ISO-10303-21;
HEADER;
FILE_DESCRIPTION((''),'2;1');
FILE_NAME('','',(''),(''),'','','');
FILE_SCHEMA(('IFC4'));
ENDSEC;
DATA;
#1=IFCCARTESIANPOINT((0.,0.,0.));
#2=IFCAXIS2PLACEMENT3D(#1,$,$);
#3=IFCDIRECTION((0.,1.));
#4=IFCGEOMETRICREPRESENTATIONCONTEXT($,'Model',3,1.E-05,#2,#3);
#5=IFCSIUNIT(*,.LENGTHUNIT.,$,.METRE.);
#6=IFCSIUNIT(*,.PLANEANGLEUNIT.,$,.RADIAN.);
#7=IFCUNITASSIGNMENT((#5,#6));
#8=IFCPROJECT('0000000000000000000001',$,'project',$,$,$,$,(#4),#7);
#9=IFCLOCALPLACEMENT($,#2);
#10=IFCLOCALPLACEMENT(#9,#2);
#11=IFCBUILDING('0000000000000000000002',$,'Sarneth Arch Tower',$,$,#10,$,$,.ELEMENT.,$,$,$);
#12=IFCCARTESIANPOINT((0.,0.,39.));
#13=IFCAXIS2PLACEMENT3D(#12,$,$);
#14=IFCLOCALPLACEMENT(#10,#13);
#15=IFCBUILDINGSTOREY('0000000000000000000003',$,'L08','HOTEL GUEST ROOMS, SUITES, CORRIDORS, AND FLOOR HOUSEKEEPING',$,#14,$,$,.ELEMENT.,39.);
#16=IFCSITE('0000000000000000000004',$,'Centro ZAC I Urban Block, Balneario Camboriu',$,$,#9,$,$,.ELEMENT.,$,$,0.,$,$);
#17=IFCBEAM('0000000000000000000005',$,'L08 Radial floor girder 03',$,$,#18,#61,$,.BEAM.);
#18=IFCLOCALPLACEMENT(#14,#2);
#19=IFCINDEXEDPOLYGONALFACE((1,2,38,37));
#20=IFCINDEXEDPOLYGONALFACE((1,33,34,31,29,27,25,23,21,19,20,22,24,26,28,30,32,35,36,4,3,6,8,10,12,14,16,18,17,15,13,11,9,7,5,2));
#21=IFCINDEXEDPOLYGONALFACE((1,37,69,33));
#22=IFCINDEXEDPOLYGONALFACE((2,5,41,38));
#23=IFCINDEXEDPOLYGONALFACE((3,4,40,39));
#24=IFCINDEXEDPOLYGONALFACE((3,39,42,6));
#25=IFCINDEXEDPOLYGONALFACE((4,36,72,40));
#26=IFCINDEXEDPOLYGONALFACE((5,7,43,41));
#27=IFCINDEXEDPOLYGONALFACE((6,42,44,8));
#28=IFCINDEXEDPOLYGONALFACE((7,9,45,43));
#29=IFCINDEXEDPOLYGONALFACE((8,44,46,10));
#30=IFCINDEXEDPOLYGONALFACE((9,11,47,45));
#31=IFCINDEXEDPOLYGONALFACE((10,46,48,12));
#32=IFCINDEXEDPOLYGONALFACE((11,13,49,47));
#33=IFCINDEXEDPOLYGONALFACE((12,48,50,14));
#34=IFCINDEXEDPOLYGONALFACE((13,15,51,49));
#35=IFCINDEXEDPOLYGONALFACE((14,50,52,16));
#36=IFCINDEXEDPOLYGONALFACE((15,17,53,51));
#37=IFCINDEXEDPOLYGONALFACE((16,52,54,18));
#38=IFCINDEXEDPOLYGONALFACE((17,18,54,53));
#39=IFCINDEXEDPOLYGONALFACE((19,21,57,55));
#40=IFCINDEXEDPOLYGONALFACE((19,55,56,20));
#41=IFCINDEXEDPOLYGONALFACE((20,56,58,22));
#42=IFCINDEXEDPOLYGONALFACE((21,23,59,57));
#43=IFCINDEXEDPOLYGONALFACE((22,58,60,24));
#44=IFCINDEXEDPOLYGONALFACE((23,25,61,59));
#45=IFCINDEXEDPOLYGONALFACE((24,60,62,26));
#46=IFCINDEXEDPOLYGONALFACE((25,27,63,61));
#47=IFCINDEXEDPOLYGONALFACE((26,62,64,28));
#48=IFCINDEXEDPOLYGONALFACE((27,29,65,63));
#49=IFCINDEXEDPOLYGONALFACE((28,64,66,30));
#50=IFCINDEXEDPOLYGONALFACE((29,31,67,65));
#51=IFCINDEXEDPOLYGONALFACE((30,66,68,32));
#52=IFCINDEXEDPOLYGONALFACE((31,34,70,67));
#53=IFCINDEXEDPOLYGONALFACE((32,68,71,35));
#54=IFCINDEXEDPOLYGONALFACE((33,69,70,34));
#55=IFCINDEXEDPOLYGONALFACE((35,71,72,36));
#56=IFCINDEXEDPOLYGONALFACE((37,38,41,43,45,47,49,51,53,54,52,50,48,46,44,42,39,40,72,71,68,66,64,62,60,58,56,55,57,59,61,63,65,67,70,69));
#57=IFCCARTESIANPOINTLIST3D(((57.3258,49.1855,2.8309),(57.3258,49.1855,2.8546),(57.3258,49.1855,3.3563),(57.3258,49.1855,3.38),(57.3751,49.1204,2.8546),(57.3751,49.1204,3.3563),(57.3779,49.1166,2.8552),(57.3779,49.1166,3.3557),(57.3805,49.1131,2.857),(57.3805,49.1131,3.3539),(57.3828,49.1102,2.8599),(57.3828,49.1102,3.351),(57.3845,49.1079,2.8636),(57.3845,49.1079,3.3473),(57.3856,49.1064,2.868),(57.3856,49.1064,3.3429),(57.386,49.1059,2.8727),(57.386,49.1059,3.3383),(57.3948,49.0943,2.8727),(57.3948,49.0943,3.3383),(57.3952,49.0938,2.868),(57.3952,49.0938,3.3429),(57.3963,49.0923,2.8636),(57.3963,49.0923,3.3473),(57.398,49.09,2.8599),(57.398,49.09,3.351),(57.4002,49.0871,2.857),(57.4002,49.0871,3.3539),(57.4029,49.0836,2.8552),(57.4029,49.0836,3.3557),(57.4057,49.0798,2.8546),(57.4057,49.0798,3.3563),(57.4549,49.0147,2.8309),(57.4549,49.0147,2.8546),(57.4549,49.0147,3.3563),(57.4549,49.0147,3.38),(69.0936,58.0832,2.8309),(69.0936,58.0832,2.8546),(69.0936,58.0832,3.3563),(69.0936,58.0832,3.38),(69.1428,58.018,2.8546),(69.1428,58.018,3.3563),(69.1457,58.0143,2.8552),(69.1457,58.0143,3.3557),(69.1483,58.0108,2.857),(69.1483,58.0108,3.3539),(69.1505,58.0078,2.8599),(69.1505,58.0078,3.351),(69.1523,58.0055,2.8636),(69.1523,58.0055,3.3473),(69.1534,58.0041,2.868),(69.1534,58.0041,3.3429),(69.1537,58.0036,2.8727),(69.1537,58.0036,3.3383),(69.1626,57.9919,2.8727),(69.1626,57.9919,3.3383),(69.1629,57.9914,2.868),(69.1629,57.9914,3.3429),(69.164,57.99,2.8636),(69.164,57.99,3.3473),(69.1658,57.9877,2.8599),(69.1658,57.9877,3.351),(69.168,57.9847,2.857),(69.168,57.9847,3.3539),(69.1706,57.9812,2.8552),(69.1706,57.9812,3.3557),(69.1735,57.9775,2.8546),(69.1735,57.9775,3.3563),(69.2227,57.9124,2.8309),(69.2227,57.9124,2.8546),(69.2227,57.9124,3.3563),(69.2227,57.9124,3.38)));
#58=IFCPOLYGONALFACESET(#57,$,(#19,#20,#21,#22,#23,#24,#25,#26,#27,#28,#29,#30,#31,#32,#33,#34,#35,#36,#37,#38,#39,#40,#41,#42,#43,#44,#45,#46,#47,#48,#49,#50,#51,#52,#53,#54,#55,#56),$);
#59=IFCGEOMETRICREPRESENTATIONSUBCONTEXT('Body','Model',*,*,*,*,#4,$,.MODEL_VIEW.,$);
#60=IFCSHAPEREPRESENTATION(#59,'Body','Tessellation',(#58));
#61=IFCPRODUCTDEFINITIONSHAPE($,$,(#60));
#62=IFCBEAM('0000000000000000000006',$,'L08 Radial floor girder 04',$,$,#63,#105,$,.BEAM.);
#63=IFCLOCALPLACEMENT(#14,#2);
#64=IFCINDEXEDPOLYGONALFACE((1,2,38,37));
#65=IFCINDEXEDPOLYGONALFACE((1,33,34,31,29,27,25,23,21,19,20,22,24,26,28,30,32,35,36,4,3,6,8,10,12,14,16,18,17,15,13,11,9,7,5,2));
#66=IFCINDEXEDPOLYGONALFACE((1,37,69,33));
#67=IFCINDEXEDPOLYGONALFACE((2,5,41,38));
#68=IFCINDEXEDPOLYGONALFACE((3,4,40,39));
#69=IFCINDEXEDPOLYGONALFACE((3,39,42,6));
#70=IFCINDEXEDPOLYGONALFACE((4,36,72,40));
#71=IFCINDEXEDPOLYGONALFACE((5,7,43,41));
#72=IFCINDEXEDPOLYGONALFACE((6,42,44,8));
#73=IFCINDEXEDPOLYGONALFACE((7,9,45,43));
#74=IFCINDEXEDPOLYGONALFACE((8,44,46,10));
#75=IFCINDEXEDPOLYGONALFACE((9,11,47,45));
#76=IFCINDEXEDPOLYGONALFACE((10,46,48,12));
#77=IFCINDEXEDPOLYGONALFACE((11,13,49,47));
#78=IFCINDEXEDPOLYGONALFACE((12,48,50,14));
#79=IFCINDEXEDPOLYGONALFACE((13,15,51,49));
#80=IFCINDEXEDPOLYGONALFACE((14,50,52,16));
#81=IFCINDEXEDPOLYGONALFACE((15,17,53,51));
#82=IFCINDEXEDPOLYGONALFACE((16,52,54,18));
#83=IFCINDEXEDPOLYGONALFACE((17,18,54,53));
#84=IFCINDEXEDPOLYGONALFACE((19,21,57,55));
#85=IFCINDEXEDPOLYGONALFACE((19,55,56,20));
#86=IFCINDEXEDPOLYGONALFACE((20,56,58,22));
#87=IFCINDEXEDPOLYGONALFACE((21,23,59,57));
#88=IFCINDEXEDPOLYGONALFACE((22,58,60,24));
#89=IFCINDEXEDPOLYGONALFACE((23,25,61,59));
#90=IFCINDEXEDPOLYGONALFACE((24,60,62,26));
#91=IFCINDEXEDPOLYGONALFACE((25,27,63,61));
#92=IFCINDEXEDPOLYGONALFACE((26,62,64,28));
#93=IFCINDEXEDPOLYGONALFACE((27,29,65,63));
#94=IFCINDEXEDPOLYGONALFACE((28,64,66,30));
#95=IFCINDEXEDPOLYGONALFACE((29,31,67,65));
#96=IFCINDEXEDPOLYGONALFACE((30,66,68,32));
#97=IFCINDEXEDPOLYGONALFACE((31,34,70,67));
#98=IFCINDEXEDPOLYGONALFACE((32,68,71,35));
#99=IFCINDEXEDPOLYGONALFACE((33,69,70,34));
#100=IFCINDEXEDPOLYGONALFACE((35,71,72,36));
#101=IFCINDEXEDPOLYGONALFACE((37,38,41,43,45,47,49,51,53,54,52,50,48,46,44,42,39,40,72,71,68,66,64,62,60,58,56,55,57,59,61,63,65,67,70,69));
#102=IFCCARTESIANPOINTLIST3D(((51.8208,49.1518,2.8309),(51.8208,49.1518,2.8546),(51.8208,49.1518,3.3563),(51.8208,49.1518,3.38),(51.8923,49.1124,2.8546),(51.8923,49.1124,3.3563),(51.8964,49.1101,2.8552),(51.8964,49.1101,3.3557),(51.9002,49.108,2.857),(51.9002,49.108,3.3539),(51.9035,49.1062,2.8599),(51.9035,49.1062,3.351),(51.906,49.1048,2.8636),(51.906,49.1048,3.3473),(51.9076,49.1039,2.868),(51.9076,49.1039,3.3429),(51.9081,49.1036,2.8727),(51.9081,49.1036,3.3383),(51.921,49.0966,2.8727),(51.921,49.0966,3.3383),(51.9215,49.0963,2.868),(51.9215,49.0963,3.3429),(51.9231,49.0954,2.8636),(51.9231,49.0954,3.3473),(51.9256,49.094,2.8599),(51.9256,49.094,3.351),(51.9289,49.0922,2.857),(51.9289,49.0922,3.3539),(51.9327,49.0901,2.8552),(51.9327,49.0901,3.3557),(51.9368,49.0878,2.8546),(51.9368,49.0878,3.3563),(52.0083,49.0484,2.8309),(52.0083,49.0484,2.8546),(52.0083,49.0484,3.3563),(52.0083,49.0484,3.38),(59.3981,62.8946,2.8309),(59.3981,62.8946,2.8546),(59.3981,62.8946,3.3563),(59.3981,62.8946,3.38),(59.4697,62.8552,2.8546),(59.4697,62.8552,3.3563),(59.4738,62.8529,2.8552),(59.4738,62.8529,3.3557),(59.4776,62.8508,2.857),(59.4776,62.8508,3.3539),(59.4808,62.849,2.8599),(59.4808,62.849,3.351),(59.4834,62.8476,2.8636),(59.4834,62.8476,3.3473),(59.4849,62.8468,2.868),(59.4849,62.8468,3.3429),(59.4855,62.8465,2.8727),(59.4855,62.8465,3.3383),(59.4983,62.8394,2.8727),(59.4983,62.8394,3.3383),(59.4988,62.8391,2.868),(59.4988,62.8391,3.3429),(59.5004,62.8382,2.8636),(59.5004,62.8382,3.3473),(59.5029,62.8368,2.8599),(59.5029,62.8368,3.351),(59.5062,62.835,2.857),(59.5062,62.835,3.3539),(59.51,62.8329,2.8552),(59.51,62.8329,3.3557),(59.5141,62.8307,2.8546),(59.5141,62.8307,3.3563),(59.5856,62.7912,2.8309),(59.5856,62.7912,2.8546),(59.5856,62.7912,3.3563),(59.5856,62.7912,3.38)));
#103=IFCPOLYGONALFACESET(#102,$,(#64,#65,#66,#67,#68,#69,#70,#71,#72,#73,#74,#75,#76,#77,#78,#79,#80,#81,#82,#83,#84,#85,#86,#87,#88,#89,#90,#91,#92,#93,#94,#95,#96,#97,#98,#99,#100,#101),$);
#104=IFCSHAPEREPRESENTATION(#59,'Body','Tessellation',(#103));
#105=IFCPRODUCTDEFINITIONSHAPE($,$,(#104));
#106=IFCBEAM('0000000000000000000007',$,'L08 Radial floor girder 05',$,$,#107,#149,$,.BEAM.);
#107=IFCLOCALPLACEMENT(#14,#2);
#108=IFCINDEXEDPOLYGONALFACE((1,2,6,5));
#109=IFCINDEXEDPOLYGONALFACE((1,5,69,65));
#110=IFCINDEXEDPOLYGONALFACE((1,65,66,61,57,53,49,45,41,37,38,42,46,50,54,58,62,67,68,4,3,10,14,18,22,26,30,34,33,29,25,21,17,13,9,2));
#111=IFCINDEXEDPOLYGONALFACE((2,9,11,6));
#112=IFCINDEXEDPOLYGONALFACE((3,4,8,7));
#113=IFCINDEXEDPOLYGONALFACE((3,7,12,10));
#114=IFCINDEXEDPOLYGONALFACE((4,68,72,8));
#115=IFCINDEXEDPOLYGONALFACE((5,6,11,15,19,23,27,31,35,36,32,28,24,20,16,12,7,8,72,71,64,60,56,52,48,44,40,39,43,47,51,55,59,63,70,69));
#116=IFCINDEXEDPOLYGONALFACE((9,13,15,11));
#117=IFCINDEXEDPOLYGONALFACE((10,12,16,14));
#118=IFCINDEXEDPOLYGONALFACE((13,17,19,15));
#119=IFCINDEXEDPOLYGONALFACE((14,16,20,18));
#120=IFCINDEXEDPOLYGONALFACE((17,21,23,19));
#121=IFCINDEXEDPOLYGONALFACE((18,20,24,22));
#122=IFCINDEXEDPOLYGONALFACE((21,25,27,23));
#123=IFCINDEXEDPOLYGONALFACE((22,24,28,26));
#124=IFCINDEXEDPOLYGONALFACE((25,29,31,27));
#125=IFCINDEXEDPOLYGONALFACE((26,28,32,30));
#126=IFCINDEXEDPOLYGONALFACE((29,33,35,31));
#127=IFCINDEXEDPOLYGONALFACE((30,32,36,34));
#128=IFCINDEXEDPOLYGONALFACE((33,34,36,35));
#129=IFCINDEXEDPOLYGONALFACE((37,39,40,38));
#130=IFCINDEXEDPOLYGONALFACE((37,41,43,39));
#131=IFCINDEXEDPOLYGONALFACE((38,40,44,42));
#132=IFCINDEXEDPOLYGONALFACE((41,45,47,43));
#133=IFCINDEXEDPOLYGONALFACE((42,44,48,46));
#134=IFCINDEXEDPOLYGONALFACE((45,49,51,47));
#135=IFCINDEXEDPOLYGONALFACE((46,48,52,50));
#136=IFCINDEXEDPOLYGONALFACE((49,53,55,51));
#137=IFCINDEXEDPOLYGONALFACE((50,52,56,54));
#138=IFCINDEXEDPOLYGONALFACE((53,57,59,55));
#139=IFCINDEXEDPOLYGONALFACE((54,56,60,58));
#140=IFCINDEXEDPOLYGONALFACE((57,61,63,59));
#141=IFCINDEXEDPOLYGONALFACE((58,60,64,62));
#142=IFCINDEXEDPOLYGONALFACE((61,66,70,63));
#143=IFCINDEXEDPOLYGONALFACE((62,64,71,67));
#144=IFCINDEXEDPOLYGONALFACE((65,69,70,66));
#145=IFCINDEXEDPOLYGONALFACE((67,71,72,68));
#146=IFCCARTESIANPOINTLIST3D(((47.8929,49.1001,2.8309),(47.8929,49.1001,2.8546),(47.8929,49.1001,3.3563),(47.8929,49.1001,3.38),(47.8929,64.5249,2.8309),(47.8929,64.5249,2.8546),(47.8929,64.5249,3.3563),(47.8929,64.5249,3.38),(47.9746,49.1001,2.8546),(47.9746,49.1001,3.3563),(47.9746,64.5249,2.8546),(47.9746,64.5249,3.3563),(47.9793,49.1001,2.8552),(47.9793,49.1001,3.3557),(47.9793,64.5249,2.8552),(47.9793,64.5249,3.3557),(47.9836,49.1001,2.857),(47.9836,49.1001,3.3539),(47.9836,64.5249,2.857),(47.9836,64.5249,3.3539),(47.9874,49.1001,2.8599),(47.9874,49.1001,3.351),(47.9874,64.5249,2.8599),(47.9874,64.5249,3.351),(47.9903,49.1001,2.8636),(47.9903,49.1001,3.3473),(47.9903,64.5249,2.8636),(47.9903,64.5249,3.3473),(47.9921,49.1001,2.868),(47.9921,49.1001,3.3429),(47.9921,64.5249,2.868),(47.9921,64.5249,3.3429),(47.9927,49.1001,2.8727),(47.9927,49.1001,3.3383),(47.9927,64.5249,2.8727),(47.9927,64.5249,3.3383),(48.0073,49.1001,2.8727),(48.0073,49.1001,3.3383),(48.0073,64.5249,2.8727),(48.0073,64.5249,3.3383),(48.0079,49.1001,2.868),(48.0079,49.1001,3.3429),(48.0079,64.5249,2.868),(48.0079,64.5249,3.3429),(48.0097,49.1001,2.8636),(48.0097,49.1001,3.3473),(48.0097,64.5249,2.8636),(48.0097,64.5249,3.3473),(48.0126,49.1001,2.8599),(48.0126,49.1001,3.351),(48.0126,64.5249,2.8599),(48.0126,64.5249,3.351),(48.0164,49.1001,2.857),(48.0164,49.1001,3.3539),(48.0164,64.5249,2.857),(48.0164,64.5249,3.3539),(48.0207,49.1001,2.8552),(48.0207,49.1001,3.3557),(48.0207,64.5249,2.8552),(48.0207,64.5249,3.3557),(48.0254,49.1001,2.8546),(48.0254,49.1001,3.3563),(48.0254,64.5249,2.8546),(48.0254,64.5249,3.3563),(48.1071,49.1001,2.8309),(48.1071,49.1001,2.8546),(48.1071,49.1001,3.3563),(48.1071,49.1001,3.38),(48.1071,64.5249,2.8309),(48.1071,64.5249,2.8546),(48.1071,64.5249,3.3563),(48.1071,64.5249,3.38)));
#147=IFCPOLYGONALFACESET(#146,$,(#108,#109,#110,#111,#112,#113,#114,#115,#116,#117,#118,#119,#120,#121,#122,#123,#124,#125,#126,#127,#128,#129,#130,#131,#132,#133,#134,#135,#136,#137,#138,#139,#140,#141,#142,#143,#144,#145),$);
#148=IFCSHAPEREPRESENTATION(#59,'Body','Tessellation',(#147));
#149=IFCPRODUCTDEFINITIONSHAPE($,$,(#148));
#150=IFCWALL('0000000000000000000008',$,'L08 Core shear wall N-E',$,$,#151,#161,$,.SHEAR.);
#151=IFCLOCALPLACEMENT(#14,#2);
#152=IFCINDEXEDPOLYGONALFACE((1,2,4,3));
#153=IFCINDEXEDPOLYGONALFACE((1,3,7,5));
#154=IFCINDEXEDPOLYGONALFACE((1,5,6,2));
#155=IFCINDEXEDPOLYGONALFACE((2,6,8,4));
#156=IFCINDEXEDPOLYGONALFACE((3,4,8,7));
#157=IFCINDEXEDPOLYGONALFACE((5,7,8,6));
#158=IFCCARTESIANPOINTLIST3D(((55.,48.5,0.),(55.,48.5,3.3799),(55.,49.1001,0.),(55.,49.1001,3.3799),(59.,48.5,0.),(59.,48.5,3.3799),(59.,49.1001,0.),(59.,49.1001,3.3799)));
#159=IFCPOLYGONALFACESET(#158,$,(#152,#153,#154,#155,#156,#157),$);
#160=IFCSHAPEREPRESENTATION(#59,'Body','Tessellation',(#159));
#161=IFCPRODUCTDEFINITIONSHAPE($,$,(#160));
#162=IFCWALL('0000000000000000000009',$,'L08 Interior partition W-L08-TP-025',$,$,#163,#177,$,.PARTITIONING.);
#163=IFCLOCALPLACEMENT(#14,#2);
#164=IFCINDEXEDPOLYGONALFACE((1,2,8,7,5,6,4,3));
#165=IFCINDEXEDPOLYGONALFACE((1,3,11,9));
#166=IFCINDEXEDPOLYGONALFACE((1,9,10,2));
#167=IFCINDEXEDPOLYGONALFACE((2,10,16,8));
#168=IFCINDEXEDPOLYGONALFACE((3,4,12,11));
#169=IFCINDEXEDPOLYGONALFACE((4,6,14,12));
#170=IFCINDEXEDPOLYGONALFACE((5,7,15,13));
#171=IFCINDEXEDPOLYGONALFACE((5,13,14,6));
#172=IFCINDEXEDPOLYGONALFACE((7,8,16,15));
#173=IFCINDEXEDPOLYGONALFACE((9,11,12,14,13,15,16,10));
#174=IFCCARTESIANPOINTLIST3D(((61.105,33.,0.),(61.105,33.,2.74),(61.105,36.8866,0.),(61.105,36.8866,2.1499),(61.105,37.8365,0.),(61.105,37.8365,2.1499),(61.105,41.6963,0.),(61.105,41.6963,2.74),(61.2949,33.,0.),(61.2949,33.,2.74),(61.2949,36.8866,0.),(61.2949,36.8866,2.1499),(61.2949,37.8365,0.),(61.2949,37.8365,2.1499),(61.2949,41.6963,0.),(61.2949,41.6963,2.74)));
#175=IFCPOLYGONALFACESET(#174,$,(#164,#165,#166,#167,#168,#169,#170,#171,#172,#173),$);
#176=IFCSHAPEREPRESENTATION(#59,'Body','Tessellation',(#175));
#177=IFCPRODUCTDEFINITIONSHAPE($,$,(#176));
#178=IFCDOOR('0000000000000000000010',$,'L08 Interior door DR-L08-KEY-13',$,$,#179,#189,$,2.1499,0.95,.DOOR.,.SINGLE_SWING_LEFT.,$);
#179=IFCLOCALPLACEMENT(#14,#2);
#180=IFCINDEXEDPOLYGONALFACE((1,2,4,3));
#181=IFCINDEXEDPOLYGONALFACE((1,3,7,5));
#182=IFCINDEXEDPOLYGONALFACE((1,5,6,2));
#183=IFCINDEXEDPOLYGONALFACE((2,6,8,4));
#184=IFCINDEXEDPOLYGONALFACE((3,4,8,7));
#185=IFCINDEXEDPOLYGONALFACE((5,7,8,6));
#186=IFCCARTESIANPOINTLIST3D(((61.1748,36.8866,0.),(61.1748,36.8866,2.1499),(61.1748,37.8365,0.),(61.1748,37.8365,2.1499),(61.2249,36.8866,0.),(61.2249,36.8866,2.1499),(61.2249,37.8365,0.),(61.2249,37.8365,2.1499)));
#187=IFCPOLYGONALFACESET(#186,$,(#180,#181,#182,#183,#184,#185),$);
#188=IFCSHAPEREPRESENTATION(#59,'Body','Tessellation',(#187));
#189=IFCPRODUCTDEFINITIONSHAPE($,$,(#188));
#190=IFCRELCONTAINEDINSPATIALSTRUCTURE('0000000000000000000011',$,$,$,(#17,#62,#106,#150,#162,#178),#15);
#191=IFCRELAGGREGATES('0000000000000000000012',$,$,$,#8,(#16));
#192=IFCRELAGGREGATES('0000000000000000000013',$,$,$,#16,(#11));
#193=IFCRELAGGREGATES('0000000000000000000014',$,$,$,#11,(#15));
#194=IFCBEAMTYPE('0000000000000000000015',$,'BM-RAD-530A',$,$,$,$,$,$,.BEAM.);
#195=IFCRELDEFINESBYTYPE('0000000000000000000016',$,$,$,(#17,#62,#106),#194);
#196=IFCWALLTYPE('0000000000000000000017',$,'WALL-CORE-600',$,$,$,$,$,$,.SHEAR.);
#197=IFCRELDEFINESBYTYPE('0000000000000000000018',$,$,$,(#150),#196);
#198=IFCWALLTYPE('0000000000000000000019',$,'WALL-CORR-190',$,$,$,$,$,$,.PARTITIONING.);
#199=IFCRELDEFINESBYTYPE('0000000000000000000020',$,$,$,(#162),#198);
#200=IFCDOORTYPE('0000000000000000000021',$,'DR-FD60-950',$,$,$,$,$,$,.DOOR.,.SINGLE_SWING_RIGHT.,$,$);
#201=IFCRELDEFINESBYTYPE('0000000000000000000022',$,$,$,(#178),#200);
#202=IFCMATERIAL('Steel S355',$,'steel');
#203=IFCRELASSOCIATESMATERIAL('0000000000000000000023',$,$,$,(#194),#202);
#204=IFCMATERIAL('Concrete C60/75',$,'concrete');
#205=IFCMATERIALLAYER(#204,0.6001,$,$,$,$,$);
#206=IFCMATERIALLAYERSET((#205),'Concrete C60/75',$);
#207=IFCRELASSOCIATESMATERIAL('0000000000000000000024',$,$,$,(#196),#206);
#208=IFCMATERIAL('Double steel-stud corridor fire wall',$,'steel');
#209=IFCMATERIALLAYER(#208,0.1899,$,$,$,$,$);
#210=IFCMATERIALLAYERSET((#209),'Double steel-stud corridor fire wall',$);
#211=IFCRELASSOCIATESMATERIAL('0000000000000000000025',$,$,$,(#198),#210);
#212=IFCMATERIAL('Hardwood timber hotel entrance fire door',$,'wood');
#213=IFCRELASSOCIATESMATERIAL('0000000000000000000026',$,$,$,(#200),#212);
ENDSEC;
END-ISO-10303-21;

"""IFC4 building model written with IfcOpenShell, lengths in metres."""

from ifc_helpers import new_model, si_unit, direction, frame, frame_2d, origin, origin_2d, place, context, subcontext, project, spatial, rectangle, i_section, extrude, material, layer, layer_set, material_profile, profile_set, type_object, element, fill, save


model = new_model("IFC4")

# Units and contexts
model_context = context("Model", 3, precision=1e-05, world=origin(), true_north=direction((0.0, 1.0)))
body_context = subcontext(model_context, "Body", "Model", "MODEL_VIEW")
ifc_project = project(units=[si_unit("LENGTHUNIT", "METRE"), si_unit("PLANEANGLEUNIT", "RADIAN")], contexts=[model_context])

# Site, building, storey
site_placement = place(None, origin())
site = spatial("IfcSite", under=ifc_project, at=site_placement, Name="Centro ZAC I Urban Block, Balneario Camboriu", CompositionType="ELEMENT", RefElevation=0.0)
building_placement = place(site_placement, origin())
building = spatial("IfcBuilding", under=site, at=building_placement, Name="Sarneth Arch Tower", CompositionType="ELEMENT")
storey_placement = place(building_placement, frame((0.0, 0.0, 39.0)))
storey = spatial("IfcBuildingStorey", under=building, at=storey_placement, Name="L08", Description="HOTEL GUEST ROOMS, SUITES, CORRIDORS, AND FLOOR HOUSEKEEPING", CompositionType="ELEMENT", Elevation=39.0)

# Beams
ifc_material_1 = material(Name="Steel S355", Category="steel")
ifc_material_profile_1 = material_profile(ifc_material_1, i_section(OverallWidth=0.2141, OverallDepth=0.5491, WebThickness=0.0146, FlangeThickness=0.0237, FilletRadius=0.0181, at=origin_2d()), Name="W530x138")
ifc_profile_set_1 = profile_set([ifc_material_profile_1], Name="Steel S355")
beam_type_1 = type_object("IfcBeamType", Name="BM-RAD-530A", PredefinedType="BEAM", material=ifc_profile_set_1)
beam_1_placement = place(storey_placement, frame((57.3904, 49.1001, 3.1055), z_axis=(0.797657, 0.603112, 0.0), x_axis=(-0.603112, 0.797657, 0.0)))
element("IfcBeam", 1, at=beam_1_placement, inside=storey, type_object=beam_type_1, Name="L08 Radial floor girder 03", PredefinedType="BEAM", context=body_context, shape_type="SweptSolid", body=[
    extrude(i_section(OverallWidth=0.2141, OverallDepth=0.5491, WebThickness=0.0146, FlangeThickness=0.0237, FilletRadius=0.0181, at=origin_2d()), origin(), (0.0, 0.0, 1.0), 14.7529),
])
beam_2_placement = place(storey_placement, frame((51.9146, 49.1001, 3.1055), z_axis=(0.482838, 0.87571, 0.0), x_axis=(-0.87571, 0.482838, 0.0)))
element("IfcBeam", 2, at=beam_2_placement, inside=storey, type_object=beam_type_1, Name="L08 Radial floor girder 04", PredefinedType="BEAM", context=body_context, shape_type="SweptSolid", body=[
    extrude(i_section(OverallWidth=0.2141, OverallDepth=0.5491, WebThickness=0.0146, FlangeThickness=0.0237, FilletRadius=0.0181, at=origin_2d()), origin(), (0.0, 0.0, 1.0), 15.6934),
])
beam_3_placement = place(storey_placement, frame((48.0, 49.1001, 3.1055), z_axis=(0.0, 1.0, 0.0), x_axis=(-1.0, 0.0, 0.0)))
element("IfcBeam", 3, at=beam_3_placement, inside=storey, type_object=beam_type_1, Name="L08 Radial floor girder 05", PredefinedType="BEAM", context=body_context, shape_type="SweptSolid", body=[
    extrude(i_section(OverallWidth=0.2141, OverallDepth=0.5491, WebThickness=0.0146, FlangeThickness=0.0237, FilletRadius=0.0181, at=origin_2d()), origin(), (0.0, 0.0, 1.0), 15.4248),
])

# Wall
ifc_material_2 = material(Name="Concrete C60/75", Category="concrete")
ifc_layer_1 = layer(ifc_material_2, 0.6001)
ifc_layer_set_1 = layer_set([ifc_layer_1], Name="Concrete C60/75")
wall_type_1 = type_object("IfcWallType", Name="WALL-CORE-600", PredefinedType="SHEAR", material=ifc_layer_set_1)
wall_1_placement = place(storey_placement, frame((55.0, 48.8, 0.0), z_axis=(0.0, 0.0, 1.0), x_axis=(1.0, 0.0, 0.0)))
element("IfcWall", 4, at=wall_1_placement, inside=storey, type_object=wall_type_1, Name="L08 Core shear wall N-E", PredefinedType="SHEAR", context=body_context, shape_type="SweptSolid", body=[
    extrude(rectangle(XDim=4.0, YDim=0.6001, at=frame_2d((2.0, 0.0))), origin(), (0.0, 0.0, 1.0), 3.3799),
])

# Wall, opening, door
ifc_material_3 = material(Name="Double steel-stud corridor fire wall", Category="steel")
ifc_layer_2 = layer(ifc_material_3, 0.1899)
ifc_layer_set_2 = layer_set([ifc_layer_2], Name="Double steel-stud corridor fire wall")
wall_type_2 = type_object("IfcWallType", Name="WALL-CORR-190", PredefinedType="PARTITIONING", material=ifc_layer_set_2)
wall_2_placement = place(storey_placement, frame((61.2, 41.6963, 0.0), z_axis=(0.0, 0.0, 1.0), x_axis=(0.0, -1.0, 0.0)))
wall_2 = element("IfcWall", 5, at=wall_2_placement, inside=storey, type_object=wall_type_2, Name="L08 Interior partition W-L08-TP-025", PredefinedType="PARTITIONING", context=body_context, shape_type="SweptSolid", body=[
    extrude(rectangle(XDim=8.6963, YDim=0.1899, at=frame_2d((4.3481, 0.0))), origin(), (0.0, 0.0, 1.0), 2.74),
])
opening_1_placement = place(wall_2_placement, frame((3.8596, 0.0, 0.0)))
opening_1 = element("IfcOpeningElement", 6, at=opening_1_placement, cuts=wall_2, PredefinedType="OPENING", context=body_context, shape_type="SweptSolid", body=[
    extrude(rectangle(XDim=0.95, YDim=2.1499, at=frame_2d((0.4751, 1.075))), frame((0.0, 0.105, 0.0), z_axis=(0.0, -1.0, 0.0), x_axis=(1.0, 0.0, 0.0)), (0.0, 0.0, 1.0), 0.21),
])
ifc_material_4 = material(Name="Hardwood timber hotel entrance fire door", Category="wood")
door_type_1 = type_object("IfcDoorType", Name="DR-FD60-950", OperationType="SINGLE_SWING_RIGHT", PredefinedType="DOOR", material=ifc_material_4)
door_1_placement = place(opening_1_placement, origin())
door_1 = element("IfcDoor", 7, at=door_1_placement, inside=storey, type_object=door_type_1, Name="L08 Interior door DR-L08-KEY-13", OperationType="SINGLE_SWING_LEFT", OverallHeight=2.1499, OverallWidth=0.95, PredefinedType="DOOR", context=body_context, shape_type="SweptSolid", body=[
    extrude(rectangle(XDim=0.95, YDim=2.1499, at=frame_2d((0.4751, 1.075))), frame((0.0, 0.0249, 0.0), z_axis=(0.0, -1.0, 0.0), x_axis=(1.0, 0.0, 0.0)), (0.0, 0.0, 1.0), 0.05),
])
fill(opening_1, door_1)

save(model, "model.ifc")
